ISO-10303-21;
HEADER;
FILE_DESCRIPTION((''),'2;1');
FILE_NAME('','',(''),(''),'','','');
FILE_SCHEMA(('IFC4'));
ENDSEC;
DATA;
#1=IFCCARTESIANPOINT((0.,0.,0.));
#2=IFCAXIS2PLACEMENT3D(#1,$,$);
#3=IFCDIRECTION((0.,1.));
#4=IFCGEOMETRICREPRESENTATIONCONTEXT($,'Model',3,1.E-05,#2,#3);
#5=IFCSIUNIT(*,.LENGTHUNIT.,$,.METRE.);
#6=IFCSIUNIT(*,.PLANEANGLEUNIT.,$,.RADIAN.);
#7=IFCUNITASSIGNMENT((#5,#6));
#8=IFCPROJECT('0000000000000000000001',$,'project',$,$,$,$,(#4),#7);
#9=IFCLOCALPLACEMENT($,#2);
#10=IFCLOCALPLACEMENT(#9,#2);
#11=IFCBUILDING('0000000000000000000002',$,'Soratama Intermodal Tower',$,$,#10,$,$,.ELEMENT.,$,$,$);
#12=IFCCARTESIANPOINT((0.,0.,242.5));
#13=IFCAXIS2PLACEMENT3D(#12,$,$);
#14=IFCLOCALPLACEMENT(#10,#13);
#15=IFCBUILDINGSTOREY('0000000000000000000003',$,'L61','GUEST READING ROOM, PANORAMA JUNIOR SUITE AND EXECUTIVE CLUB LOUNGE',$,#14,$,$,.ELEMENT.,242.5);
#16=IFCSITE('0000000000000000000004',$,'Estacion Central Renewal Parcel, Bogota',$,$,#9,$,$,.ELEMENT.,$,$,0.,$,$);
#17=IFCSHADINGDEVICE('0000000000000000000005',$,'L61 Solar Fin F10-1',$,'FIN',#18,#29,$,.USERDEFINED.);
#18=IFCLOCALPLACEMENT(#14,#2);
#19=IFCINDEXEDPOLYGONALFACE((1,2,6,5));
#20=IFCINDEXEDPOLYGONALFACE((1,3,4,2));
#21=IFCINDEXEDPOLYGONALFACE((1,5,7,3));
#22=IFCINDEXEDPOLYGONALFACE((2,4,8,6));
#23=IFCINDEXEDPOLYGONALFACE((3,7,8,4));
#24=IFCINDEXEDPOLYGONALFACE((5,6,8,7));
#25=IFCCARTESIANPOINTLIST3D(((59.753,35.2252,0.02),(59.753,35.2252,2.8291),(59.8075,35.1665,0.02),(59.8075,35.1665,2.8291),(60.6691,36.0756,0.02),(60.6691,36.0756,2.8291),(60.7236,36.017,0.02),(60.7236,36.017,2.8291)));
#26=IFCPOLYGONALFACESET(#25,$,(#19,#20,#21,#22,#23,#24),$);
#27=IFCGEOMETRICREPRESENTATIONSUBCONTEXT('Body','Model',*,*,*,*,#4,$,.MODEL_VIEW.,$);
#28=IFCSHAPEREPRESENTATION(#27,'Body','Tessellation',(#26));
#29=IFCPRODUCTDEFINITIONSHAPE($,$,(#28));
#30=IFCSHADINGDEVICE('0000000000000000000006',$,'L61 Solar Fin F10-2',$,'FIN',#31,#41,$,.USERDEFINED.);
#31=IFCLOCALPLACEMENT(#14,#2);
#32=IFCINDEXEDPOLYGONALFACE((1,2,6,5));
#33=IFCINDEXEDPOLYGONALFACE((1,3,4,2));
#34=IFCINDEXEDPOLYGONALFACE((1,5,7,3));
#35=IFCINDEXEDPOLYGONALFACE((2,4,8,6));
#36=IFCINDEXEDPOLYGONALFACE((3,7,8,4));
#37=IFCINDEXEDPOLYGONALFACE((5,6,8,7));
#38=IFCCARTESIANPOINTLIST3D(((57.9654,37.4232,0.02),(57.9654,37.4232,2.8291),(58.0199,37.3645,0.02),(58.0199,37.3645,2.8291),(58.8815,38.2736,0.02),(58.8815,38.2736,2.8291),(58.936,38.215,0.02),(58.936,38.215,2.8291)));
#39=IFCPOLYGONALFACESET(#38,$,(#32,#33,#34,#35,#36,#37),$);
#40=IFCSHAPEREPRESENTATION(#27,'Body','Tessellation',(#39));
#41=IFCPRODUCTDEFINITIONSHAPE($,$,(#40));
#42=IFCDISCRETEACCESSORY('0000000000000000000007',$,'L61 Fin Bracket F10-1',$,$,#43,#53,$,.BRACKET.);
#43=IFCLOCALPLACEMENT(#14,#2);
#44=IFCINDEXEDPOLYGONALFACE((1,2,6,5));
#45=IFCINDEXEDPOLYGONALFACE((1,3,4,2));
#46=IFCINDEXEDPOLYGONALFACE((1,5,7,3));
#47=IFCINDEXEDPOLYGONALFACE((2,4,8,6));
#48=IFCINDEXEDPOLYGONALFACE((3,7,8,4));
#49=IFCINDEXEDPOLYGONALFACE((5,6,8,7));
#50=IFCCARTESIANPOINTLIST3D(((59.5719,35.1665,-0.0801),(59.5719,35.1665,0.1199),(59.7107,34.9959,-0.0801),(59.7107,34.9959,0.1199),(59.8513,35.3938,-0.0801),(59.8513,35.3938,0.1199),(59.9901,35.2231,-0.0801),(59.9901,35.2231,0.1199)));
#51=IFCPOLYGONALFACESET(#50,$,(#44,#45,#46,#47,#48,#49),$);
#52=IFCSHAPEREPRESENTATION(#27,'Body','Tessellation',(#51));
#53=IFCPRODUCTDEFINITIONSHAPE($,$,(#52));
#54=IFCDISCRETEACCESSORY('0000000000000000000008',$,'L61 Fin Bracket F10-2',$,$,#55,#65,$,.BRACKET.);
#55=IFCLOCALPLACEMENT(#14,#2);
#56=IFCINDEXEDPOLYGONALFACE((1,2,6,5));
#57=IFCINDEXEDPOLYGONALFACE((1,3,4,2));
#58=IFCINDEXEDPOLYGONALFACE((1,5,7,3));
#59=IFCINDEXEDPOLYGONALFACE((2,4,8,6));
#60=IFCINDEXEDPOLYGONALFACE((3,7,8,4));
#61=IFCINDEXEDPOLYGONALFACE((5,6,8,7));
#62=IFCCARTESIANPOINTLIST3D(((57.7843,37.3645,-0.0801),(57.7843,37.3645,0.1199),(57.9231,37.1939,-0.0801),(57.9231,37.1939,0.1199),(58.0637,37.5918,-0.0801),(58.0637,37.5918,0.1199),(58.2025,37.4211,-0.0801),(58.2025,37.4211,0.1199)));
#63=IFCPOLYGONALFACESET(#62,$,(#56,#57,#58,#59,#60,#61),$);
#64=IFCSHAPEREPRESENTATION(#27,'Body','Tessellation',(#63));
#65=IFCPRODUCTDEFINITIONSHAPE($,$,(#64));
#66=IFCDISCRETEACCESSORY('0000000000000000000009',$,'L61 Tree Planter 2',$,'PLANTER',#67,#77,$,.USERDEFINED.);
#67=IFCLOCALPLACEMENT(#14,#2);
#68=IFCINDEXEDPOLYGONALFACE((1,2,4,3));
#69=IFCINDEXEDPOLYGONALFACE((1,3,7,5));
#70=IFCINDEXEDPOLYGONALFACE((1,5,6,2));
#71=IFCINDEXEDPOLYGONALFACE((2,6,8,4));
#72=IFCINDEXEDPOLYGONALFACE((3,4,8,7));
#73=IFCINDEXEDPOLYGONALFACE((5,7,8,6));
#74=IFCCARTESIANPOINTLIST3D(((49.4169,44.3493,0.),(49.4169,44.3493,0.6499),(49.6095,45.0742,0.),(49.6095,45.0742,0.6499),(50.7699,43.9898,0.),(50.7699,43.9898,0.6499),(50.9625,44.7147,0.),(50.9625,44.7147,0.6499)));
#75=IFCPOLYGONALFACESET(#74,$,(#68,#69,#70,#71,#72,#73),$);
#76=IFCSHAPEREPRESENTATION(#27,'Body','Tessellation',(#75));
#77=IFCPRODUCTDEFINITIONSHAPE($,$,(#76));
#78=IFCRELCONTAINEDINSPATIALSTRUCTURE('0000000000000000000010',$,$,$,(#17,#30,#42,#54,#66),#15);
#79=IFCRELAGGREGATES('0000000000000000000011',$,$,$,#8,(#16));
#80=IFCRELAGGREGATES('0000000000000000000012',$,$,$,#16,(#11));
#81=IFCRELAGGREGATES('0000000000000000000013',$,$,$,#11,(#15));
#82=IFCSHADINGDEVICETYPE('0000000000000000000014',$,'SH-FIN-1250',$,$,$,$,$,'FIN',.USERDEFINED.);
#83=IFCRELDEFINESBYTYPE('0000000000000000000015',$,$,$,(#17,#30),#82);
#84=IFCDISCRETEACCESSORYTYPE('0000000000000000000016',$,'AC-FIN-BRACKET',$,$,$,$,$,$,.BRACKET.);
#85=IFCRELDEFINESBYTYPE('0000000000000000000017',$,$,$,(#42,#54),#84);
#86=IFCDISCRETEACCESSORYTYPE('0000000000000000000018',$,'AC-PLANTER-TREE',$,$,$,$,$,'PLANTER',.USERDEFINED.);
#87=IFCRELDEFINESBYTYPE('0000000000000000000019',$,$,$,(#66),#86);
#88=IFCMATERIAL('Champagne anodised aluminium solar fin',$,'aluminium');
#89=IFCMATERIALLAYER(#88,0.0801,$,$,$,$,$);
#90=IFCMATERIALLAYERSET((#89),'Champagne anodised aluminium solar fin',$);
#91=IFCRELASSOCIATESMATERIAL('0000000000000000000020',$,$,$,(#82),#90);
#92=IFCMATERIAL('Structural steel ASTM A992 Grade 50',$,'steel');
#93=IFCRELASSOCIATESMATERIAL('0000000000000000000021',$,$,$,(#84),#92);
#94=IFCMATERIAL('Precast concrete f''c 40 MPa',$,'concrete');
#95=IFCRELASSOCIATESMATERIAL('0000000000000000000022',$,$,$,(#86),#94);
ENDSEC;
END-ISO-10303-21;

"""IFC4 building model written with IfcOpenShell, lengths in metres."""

from ifc_helpers import new_model, si_unit, direction, frame, origin, origin_2d, place, context, subcontext, project, spatial, rectangle, extrude, material, layer, layer_set, type_object, element, save


model = new_model("IFC4")

# Units and contexts
model_context = context("Model", 3, precision=1e-05, world=origin(), true_north=direction((0.0, 1.0)))
body_context = subcontext(model_context, "Body", "Model", "MODEL_VIEW")
ifc_project = project(units=[si_unit("LENGTHUNIT", "METRE"), si_unit("PLANEANGLEUNIT", "RADIAN")], contexts=[model_context])

# Site, building, storey
site_placement = place(None, origin())
site = spatial("IfcSite", under=ifc_project, at=site_placement, Name="Estacion Central Renewal Parcel, Bogota", CompositionType="ELEMENT", RefElevation=0.0)
building_placement = place(site_placement, origin())
building = spatial("IfcBuilding", under=site, at=building_placement, Name="Soratama Intermodal Tower", CompositionType="ELEMENT")
storey_placement = place(building_placement, frame((0.0, 0.0, 242.5)))
storey = spatial("IfcBuildingStorey", under=building, at=storey_placement, Name="L61", Description="GUEST READING ROOM, PANORAMA JUNIOR SUITE AND EXECUTIVE CLUB LOUNGE", CompositionType="ELEMENT", Elevation=242.5)

# Shading devices
ifc_material_1 = material(Name="Champagne anodised aluminium solar fin", Category="aluminium")
ifc_layer_1 = layer(ifc_material_1, 0.0801)
ifc_layer_set_1 = layer_set([ifc_layer_1], Name="Champagne anodised aluminium solar fin")
shading_device_type = type_object("IfcShadingDeviceType", Name="SH-FIN-1250", ElementType="FIN", PredefinedType="USERDEFINED", material=ifc_layer_set_1)
for number, where, z_axis, x_axis, name in (
    (1, (60.2383, 35.6211, 0.02), (0.0, 0.0, 1.0), (0.732899, 0.680337, 0.0), "L61 Solar Fin F10-1"),
    (2, (58.4507, 37.8191, 0.02), (0.0, 0.0, 1.0), (0.732899, 0.680337, 0.0), "L61 Solar Fin F10-2"),
):
    element("IfcShadingDevice", number, at=place(storey_placement, frame(where, z_axis=z_axis, x_axis=x_axis)), inside=storey, type_object=shading_device_type, Name=name, ObjectType="FIN", PredefinedType="USERDEFINED", context=body_context, shape_type="SweptSolid", body=[
        extrude(rectangle(XDim=1.25, YDim=0.0801, at=origin_2d()), origin(), (0.0, 0.0, 1.0), 2.8091),
    ])

# Discrete accessories
ifc_material_2 = material(Name="Structural steel ASTM A992 Grade 50", Category="steel")
discrete_accessory_type_1 = type_object("IfcDiscreteAccessoryType", Name="AC-FIN-BRACKET", PredefinedType="BRACKET", material=ifc_material_2)
for number, where, z_axis, x_axis, name in (
    (3, (59.781, 35.1948, -0.0801), (0.0, 0.0, 1.0), (0.775826, 0.630947, 0.0), "L61 Fin Bracket F10-1"),
    (4, (57.9934, 37.3928, -0.0801), (0.0, 0.0, 1.0), (0.775826, 0.630947, 0.0), "L61 Fin Bracket F10-2"),
):
    element("IfcDiscreteAccessory", number, at=place(storey_placement, frame(where, z_axis=z_axis, x_axis=x_axis)), inside=storey, type_object=discrete_accessory_type_1, Name=name, PredefinedType="BRACKET", context=body_context, shape_type="SweptSolid", body=[
        extrude(rectangle(XDim=0.3601, YDim=0.22, at=origin_2d()), origin(), (0.0, 0.0, 1.0), 0.2),
    ])
ifc_material_3 = material(Name="Precast concrete f'c 40 MPa", Category="concrete")
discrete_accessory_type_2 = type_object("IfcDiscreteAccessoryType", Name="AC-PLANTER-TREE", ElementType="PLANTER", PredefinedType="USERDEFINED", material=ifc_material_3)
discrete_accessory_placement = place(storey_placement, frame((50.1897, 44.532, 0.0), z_axis=(0.0, 0.0, 1.0), x_axis=(0.256795, 0.966466, 0.0)))
element("IfcDiscreteAccessory", 5, at=discrete_accessory_placement, inside=storey, type_object=discrete_accessory_type_2, Name="L61 Tree Planter 2", ObjectType="PLANTER", PredefinedType="USERDEFINED", context=body_context, shape_type="SweptSolid", body=[
    extrude(rectangle(XDim=0.75, YDim=1.3999, at=origin_2d()), origin(), (0.0, 0.0, 1.0), 0.6499),
])

save(model, "model.ifc")
